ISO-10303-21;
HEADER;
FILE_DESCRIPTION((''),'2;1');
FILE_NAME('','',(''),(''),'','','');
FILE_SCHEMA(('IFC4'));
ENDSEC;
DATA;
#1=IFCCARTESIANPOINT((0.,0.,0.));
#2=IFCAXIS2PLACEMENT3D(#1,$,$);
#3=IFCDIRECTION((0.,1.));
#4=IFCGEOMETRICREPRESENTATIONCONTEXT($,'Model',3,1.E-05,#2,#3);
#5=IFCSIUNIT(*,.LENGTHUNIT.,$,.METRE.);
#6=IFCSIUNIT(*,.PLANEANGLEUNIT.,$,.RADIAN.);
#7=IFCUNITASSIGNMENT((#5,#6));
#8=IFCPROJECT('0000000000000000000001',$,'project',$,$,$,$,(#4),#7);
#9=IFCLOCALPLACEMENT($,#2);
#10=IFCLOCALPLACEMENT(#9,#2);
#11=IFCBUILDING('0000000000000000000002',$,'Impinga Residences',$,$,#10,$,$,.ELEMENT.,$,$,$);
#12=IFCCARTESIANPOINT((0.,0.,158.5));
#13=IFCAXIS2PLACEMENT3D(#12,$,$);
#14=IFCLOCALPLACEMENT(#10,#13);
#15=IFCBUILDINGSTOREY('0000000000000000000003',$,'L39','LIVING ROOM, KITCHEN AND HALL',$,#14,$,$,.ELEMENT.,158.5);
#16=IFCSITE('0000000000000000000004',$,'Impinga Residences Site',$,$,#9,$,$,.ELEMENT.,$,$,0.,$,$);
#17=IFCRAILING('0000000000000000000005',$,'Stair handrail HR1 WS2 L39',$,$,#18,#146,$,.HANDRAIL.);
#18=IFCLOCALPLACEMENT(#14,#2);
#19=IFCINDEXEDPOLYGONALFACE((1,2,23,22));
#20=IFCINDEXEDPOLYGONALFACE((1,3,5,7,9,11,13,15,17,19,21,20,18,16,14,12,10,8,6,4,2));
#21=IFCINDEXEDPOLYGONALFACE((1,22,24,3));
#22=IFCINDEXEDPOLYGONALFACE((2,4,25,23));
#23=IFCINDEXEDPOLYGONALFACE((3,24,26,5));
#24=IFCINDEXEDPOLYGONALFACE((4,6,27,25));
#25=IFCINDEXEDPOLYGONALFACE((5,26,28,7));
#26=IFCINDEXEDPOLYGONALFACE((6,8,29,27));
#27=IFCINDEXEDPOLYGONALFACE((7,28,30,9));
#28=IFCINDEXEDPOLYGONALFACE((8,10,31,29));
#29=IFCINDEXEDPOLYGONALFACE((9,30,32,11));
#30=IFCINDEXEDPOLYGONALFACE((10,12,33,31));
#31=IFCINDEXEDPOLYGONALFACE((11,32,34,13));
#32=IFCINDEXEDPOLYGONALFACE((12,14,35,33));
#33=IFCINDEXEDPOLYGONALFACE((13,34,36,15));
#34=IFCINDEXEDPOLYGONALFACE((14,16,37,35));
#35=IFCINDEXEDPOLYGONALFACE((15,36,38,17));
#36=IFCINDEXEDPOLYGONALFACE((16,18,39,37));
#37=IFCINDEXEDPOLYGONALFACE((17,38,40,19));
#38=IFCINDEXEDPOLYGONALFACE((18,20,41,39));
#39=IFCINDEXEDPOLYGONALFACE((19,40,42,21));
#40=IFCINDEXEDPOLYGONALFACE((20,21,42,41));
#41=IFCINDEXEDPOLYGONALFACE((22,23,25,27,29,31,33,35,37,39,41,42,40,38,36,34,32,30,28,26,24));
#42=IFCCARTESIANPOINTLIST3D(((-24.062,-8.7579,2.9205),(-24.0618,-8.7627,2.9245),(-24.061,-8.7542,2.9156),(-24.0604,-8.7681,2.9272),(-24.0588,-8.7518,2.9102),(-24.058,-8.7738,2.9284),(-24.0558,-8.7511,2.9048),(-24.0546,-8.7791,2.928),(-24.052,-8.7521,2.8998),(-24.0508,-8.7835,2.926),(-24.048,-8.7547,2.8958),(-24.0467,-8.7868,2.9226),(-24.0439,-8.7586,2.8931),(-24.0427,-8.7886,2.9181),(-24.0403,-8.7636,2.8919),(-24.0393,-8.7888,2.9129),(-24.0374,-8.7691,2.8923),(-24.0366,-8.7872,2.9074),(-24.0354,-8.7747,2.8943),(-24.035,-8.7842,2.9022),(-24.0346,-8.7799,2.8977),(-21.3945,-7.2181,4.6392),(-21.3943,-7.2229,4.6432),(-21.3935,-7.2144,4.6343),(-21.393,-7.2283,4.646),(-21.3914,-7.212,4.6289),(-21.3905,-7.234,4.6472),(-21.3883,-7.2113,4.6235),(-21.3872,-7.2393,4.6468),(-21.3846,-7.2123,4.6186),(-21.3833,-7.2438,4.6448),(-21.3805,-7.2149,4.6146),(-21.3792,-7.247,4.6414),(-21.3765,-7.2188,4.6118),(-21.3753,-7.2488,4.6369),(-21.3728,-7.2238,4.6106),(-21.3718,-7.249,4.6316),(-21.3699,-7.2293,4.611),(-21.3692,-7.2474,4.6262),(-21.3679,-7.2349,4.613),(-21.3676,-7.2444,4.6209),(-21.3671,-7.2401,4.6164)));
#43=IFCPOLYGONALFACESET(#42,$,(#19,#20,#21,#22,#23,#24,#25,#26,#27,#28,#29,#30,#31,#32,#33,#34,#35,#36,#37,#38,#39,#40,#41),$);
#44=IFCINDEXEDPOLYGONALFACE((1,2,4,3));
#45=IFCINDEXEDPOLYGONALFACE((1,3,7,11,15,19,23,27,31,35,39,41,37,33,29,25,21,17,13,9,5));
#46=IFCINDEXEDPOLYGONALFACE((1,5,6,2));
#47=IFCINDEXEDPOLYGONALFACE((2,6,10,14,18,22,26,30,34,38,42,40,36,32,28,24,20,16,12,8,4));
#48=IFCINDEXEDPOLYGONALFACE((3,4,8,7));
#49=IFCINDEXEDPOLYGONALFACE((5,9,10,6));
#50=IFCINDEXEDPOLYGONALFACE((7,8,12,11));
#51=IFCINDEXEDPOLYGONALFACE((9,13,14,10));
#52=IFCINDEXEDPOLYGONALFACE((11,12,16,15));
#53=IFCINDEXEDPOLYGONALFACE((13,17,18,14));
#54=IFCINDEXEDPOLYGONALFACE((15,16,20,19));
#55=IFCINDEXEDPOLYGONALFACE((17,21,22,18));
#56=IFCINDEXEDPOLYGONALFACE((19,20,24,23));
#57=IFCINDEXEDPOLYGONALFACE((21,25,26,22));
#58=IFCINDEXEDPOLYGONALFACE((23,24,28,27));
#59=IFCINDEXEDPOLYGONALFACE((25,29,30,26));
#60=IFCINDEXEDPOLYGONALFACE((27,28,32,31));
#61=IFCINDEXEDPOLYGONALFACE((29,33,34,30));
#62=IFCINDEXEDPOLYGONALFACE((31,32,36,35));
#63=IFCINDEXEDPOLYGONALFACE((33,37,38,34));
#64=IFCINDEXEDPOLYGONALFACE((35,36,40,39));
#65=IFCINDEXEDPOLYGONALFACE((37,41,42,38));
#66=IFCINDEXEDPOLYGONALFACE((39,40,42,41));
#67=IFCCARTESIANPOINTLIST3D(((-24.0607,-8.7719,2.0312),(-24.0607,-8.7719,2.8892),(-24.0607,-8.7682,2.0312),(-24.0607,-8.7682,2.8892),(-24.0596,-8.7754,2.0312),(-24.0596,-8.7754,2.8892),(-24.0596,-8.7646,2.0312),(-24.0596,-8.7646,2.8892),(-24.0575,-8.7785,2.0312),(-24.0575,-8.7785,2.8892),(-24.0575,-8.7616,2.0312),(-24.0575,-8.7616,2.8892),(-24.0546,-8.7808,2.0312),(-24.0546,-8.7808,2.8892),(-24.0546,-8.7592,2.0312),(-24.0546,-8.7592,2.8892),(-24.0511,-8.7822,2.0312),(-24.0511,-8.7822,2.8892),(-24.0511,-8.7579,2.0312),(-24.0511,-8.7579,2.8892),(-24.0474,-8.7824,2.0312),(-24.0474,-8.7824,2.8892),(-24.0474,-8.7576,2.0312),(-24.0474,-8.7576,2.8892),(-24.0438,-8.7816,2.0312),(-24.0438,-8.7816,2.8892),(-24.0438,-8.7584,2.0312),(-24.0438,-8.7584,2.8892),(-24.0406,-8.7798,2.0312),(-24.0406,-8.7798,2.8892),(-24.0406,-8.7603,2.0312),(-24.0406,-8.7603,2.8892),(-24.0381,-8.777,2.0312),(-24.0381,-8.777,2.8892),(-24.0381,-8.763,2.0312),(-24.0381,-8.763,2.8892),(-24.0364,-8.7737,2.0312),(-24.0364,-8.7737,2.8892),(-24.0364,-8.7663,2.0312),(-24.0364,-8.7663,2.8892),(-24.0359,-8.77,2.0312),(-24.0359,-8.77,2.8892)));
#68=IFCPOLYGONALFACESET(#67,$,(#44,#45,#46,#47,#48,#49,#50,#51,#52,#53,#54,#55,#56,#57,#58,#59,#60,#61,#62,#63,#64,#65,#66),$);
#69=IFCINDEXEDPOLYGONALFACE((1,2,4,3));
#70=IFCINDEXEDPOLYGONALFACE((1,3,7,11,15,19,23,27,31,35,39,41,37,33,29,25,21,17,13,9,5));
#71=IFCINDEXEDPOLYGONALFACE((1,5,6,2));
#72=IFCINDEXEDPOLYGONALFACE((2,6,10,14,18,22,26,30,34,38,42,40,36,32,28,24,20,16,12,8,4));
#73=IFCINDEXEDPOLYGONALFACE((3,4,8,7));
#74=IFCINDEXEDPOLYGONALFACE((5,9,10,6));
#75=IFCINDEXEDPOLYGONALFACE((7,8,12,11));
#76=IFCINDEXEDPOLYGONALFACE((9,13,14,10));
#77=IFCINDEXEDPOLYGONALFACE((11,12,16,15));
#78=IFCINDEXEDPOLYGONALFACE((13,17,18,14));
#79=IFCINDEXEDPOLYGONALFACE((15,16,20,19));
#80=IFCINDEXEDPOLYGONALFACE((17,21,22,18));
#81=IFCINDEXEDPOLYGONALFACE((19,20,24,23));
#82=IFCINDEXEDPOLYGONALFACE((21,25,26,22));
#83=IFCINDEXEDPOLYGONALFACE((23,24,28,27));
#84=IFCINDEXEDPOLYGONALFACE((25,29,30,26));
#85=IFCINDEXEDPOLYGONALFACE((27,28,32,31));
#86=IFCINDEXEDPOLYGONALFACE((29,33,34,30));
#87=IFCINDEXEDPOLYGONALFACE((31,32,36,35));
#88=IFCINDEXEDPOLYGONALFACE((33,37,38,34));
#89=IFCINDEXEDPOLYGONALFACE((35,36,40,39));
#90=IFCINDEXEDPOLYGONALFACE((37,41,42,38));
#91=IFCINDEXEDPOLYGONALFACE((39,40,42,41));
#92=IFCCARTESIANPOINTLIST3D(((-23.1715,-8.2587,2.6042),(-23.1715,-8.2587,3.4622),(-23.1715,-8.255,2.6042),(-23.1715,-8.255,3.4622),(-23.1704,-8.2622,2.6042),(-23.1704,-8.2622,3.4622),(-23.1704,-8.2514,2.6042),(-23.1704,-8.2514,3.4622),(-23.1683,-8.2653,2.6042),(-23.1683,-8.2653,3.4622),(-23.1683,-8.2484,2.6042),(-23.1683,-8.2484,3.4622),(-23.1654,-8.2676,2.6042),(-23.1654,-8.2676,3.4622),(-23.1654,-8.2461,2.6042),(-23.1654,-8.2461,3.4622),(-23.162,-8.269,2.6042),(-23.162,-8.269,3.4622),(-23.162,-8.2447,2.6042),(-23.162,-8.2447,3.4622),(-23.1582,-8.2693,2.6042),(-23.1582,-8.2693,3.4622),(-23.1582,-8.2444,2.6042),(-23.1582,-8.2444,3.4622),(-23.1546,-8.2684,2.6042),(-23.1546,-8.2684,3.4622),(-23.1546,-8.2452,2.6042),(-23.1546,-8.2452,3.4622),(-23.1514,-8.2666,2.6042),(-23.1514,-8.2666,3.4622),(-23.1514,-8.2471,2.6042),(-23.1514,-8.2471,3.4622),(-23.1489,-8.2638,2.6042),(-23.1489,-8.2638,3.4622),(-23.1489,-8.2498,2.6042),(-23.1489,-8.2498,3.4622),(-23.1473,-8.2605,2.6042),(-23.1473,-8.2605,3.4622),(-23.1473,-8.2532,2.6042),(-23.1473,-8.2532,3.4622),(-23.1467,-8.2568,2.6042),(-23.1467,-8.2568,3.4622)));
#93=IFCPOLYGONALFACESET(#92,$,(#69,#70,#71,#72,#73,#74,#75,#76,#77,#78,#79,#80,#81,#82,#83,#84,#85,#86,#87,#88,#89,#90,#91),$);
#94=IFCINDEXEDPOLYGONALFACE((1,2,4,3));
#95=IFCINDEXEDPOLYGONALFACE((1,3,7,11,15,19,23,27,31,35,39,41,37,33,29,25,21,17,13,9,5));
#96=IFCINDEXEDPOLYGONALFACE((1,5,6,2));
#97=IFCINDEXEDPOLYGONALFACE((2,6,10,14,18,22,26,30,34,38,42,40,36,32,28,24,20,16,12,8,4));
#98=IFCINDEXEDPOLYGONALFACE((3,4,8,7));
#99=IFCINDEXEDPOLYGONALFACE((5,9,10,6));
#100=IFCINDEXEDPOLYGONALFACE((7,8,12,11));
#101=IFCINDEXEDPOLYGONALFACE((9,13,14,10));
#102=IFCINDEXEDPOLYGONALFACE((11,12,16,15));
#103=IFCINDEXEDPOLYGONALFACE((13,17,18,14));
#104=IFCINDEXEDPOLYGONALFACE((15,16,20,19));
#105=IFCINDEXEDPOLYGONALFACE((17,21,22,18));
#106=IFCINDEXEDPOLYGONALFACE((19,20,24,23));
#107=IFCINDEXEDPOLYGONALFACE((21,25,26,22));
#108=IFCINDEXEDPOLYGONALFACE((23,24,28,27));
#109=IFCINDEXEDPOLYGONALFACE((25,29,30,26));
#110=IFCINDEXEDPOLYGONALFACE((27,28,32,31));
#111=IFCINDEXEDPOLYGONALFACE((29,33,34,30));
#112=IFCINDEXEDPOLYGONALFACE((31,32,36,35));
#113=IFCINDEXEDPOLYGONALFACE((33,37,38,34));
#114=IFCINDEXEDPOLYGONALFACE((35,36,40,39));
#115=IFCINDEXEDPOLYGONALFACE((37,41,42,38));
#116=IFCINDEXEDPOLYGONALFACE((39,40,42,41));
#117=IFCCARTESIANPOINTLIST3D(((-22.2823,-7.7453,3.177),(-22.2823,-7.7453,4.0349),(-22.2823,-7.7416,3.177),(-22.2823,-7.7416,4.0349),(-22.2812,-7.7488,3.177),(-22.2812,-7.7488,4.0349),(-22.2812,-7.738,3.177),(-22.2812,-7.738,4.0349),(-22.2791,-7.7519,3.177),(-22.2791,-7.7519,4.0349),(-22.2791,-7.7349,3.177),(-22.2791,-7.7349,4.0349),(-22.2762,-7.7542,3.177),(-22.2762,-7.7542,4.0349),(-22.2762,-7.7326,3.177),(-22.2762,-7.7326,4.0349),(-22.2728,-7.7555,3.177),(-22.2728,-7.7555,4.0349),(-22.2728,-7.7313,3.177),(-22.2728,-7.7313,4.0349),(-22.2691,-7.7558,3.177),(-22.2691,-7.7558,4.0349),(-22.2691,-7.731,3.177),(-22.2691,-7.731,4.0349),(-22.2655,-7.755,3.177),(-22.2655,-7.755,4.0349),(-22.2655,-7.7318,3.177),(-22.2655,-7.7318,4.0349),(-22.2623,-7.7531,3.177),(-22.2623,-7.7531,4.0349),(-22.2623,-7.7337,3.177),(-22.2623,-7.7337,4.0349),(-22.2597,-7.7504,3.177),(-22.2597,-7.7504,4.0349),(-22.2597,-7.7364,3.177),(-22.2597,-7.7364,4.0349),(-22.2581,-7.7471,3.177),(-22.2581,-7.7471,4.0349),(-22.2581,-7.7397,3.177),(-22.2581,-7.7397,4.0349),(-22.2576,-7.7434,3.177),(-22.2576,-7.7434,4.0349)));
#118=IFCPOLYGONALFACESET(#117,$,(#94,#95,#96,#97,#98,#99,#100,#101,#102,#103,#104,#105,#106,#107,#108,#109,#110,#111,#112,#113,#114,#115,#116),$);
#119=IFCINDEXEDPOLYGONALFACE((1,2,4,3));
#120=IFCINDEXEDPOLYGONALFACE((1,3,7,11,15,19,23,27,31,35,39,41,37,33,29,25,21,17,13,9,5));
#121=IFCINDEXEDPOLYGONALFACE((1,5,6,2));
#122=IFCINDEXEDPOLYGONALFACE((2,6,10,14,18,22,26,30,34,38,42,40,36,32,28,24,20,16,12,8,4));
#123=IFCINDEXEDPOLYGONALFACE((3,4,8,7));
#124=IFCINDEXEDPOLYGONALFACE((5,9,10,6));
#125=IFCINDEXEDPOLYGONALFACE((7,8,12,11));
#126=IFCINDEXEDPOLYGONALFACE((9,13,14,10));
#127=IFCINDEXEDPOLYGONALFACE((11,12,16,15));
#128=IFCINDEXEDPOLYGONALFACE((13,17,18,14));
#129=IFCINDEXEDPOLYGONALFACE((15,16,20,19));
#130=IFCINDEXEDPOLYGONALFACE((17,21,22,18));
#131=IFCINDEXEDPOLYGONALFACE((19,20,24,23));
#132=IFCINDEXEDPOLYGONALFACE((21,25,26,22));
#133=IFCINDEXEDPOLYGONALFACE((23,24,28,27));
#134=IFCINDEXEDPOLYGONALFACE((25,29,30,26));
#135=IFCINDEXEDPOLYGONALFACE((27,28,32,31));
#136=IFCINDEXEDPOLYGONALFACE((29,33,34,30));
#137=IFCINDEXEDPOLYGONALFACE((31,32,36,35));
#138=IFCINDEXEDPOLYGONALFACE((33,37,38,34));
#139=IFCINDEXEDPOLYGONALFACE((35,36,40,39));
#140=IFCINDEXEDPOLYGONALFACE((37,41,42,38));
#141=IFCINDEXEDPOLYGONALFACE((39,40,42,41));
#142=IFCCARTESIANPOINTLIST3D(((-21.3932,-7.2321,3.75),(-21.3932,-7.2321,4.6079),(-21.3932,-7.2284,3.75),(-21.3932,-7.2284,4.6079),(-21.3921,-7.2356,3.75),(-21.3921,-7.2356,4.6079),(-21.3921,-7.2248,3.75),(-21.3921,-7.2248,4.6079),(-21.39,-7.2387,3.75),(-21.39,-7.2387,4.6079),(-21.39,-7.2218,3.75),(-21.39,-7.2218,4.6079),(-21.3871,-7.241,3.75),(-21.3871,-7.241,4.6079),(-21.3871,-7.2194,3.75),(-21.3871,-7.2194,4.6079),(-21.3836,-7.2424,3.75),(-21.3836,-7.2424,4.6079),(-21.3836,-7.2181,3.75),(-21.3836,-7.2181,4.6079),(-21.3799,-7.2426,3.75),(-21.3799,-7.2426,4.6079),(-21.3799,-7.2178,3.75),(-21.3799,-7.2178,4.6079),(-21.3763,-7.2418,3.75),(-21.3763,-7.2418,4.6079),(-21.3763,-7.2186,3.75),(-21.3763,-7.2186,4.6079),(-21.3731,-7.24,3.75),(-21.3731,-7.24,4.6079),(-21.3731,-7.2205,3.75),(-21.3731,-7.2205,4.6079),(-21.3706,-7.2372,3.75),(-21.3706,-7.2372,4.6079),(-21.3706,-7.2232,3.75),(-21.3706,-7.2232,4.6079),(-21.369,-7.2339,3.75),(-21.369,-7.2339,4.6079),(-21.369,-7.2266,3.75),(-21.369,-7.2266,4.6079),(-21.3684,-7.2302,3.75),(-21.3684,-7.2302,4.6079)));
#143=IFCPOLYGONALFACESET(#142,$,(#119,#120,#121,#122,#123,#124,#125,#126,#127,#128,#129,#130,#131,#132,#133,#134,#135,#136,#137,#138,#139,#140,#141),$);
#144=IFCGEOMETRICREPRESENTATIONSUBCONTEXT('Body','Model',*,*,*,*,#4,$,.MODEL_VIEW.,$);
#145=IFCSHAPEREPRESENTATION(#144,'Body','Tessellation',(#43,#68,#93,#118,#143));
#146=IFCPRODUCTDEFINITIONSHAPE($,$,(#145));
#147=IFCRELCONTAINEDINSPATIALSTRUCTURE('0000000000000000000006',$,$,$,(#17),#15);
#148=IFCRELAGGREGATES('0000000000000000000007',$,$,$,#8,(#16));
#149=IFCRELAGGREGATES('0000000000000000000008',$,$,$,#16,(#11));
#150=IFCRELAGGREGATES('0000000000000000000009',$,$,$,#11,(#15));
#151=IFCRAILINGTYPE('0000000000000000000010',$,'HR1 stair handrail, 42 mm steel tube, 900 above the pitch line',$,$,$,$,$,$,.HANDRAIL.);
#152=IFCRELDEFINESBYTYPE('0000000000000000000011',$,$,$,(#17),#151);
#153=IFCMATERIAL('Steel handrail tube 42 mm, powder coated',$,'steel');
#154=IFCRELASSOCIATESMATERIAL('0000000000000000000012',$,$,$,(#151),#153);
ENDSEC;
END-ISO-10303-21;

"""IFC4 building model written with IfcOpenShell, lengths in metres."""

from ifc_helpers import new_model, si_unit, direction, frame, origin, origin_2d, place, context, subcontext, project, spatial, circle, extrude, material, type_object, element, save


model = new_model("IFC4")

# Units and contexts
model_context = context("Model", 3, precision=1e-05, world=origin(), true_north=direction((0.0, 1.0)))
body_context = subcontext(model_context, "Body", "Model", "MODEL_VIEW")
ifc_project = project(units=[si_unit("LENGTHUNIT", "METRE"), si_unit("PLANEANGLEUNIT", "RADIAN")], contexts=[model_context])

# Site, building, storey
site_placement = place(None, origin())
site = spatial("IfcSite", under=ifc_project, at=site_placement, Name="Impinga Residences Site", CompositionType="ELEMENT", RefElevation=0.0)
building_placement = place(site_placement, origin())
building = spatial("IfcBuilding", under=site, at=building_placement, Name="Impinga Residences", CompositionType="ELEMENT")
storey_placement = place(building_placement, frame((0.0, 0.0, 158.5)))
storey = spatial("IfcBuildingStorey", under=building, at=storey_placement, Name="L39", Description="LIVING ROOM, KITCHEN AND HALL", CompositionType="ELEMENT", Elevation=158.5)

# Railing
ifc_material_1 = material(Name="Steel handrail tube 42 mm, powder coated", Category="steel")
railing_type_1 = type_object("IfcRailingType", Name="HR1 stair handrail, 42 mm steel tube, 900 above the pitch line", PredefinedType="HANDRAIL", material=ifc_material_1)
railing_1_placement = place(storey_placement, frame((-24.0483, -8.77, 2.0312)))
element("IfcRailing", 1, at=railing_1_placement, inside=storey, type_object=railing_type_1, Name="Stair handrail HR1 WS2 L39", PredefinedType="HANDRAIL", context=body_context, shape_type="SweptSolid", body=[
    extrude(circle(Radius=0.021, at=origin_2d()), frame((0.0, 0.0, 0.8789), z_axis=(0.756279, 0.43656, 0.487297), x_axis=(-0.499933, 0.866064, 0.0)), (0.0, 0.0, 1.0), 3.5271),
    extrude(circle(Radius=0.0125, at=origin_2d()), origin(), (0.0, 0.0, 1.0), 0.8579),
    extrude(circle(Radius=0.0125, at=origin_2d()), frame((0.8892, 0.5132, 0.573)), (0.0, 0.0, 1.0), 0.8579),
    extrude(circle(Radius=0.0125, at=origin_2d()), frame((1.7783, 1.0266, 1.1458)), (0.0, 0.0, 1.0), 0.8579),
    extrude(circle(Radius=0.0125, at=origin_2d()), frame((2.6675, 1.5398, 1.7188)), (0.0, 0.0, 1.0), 0.8579),
])

save(model, "model.ifc")
